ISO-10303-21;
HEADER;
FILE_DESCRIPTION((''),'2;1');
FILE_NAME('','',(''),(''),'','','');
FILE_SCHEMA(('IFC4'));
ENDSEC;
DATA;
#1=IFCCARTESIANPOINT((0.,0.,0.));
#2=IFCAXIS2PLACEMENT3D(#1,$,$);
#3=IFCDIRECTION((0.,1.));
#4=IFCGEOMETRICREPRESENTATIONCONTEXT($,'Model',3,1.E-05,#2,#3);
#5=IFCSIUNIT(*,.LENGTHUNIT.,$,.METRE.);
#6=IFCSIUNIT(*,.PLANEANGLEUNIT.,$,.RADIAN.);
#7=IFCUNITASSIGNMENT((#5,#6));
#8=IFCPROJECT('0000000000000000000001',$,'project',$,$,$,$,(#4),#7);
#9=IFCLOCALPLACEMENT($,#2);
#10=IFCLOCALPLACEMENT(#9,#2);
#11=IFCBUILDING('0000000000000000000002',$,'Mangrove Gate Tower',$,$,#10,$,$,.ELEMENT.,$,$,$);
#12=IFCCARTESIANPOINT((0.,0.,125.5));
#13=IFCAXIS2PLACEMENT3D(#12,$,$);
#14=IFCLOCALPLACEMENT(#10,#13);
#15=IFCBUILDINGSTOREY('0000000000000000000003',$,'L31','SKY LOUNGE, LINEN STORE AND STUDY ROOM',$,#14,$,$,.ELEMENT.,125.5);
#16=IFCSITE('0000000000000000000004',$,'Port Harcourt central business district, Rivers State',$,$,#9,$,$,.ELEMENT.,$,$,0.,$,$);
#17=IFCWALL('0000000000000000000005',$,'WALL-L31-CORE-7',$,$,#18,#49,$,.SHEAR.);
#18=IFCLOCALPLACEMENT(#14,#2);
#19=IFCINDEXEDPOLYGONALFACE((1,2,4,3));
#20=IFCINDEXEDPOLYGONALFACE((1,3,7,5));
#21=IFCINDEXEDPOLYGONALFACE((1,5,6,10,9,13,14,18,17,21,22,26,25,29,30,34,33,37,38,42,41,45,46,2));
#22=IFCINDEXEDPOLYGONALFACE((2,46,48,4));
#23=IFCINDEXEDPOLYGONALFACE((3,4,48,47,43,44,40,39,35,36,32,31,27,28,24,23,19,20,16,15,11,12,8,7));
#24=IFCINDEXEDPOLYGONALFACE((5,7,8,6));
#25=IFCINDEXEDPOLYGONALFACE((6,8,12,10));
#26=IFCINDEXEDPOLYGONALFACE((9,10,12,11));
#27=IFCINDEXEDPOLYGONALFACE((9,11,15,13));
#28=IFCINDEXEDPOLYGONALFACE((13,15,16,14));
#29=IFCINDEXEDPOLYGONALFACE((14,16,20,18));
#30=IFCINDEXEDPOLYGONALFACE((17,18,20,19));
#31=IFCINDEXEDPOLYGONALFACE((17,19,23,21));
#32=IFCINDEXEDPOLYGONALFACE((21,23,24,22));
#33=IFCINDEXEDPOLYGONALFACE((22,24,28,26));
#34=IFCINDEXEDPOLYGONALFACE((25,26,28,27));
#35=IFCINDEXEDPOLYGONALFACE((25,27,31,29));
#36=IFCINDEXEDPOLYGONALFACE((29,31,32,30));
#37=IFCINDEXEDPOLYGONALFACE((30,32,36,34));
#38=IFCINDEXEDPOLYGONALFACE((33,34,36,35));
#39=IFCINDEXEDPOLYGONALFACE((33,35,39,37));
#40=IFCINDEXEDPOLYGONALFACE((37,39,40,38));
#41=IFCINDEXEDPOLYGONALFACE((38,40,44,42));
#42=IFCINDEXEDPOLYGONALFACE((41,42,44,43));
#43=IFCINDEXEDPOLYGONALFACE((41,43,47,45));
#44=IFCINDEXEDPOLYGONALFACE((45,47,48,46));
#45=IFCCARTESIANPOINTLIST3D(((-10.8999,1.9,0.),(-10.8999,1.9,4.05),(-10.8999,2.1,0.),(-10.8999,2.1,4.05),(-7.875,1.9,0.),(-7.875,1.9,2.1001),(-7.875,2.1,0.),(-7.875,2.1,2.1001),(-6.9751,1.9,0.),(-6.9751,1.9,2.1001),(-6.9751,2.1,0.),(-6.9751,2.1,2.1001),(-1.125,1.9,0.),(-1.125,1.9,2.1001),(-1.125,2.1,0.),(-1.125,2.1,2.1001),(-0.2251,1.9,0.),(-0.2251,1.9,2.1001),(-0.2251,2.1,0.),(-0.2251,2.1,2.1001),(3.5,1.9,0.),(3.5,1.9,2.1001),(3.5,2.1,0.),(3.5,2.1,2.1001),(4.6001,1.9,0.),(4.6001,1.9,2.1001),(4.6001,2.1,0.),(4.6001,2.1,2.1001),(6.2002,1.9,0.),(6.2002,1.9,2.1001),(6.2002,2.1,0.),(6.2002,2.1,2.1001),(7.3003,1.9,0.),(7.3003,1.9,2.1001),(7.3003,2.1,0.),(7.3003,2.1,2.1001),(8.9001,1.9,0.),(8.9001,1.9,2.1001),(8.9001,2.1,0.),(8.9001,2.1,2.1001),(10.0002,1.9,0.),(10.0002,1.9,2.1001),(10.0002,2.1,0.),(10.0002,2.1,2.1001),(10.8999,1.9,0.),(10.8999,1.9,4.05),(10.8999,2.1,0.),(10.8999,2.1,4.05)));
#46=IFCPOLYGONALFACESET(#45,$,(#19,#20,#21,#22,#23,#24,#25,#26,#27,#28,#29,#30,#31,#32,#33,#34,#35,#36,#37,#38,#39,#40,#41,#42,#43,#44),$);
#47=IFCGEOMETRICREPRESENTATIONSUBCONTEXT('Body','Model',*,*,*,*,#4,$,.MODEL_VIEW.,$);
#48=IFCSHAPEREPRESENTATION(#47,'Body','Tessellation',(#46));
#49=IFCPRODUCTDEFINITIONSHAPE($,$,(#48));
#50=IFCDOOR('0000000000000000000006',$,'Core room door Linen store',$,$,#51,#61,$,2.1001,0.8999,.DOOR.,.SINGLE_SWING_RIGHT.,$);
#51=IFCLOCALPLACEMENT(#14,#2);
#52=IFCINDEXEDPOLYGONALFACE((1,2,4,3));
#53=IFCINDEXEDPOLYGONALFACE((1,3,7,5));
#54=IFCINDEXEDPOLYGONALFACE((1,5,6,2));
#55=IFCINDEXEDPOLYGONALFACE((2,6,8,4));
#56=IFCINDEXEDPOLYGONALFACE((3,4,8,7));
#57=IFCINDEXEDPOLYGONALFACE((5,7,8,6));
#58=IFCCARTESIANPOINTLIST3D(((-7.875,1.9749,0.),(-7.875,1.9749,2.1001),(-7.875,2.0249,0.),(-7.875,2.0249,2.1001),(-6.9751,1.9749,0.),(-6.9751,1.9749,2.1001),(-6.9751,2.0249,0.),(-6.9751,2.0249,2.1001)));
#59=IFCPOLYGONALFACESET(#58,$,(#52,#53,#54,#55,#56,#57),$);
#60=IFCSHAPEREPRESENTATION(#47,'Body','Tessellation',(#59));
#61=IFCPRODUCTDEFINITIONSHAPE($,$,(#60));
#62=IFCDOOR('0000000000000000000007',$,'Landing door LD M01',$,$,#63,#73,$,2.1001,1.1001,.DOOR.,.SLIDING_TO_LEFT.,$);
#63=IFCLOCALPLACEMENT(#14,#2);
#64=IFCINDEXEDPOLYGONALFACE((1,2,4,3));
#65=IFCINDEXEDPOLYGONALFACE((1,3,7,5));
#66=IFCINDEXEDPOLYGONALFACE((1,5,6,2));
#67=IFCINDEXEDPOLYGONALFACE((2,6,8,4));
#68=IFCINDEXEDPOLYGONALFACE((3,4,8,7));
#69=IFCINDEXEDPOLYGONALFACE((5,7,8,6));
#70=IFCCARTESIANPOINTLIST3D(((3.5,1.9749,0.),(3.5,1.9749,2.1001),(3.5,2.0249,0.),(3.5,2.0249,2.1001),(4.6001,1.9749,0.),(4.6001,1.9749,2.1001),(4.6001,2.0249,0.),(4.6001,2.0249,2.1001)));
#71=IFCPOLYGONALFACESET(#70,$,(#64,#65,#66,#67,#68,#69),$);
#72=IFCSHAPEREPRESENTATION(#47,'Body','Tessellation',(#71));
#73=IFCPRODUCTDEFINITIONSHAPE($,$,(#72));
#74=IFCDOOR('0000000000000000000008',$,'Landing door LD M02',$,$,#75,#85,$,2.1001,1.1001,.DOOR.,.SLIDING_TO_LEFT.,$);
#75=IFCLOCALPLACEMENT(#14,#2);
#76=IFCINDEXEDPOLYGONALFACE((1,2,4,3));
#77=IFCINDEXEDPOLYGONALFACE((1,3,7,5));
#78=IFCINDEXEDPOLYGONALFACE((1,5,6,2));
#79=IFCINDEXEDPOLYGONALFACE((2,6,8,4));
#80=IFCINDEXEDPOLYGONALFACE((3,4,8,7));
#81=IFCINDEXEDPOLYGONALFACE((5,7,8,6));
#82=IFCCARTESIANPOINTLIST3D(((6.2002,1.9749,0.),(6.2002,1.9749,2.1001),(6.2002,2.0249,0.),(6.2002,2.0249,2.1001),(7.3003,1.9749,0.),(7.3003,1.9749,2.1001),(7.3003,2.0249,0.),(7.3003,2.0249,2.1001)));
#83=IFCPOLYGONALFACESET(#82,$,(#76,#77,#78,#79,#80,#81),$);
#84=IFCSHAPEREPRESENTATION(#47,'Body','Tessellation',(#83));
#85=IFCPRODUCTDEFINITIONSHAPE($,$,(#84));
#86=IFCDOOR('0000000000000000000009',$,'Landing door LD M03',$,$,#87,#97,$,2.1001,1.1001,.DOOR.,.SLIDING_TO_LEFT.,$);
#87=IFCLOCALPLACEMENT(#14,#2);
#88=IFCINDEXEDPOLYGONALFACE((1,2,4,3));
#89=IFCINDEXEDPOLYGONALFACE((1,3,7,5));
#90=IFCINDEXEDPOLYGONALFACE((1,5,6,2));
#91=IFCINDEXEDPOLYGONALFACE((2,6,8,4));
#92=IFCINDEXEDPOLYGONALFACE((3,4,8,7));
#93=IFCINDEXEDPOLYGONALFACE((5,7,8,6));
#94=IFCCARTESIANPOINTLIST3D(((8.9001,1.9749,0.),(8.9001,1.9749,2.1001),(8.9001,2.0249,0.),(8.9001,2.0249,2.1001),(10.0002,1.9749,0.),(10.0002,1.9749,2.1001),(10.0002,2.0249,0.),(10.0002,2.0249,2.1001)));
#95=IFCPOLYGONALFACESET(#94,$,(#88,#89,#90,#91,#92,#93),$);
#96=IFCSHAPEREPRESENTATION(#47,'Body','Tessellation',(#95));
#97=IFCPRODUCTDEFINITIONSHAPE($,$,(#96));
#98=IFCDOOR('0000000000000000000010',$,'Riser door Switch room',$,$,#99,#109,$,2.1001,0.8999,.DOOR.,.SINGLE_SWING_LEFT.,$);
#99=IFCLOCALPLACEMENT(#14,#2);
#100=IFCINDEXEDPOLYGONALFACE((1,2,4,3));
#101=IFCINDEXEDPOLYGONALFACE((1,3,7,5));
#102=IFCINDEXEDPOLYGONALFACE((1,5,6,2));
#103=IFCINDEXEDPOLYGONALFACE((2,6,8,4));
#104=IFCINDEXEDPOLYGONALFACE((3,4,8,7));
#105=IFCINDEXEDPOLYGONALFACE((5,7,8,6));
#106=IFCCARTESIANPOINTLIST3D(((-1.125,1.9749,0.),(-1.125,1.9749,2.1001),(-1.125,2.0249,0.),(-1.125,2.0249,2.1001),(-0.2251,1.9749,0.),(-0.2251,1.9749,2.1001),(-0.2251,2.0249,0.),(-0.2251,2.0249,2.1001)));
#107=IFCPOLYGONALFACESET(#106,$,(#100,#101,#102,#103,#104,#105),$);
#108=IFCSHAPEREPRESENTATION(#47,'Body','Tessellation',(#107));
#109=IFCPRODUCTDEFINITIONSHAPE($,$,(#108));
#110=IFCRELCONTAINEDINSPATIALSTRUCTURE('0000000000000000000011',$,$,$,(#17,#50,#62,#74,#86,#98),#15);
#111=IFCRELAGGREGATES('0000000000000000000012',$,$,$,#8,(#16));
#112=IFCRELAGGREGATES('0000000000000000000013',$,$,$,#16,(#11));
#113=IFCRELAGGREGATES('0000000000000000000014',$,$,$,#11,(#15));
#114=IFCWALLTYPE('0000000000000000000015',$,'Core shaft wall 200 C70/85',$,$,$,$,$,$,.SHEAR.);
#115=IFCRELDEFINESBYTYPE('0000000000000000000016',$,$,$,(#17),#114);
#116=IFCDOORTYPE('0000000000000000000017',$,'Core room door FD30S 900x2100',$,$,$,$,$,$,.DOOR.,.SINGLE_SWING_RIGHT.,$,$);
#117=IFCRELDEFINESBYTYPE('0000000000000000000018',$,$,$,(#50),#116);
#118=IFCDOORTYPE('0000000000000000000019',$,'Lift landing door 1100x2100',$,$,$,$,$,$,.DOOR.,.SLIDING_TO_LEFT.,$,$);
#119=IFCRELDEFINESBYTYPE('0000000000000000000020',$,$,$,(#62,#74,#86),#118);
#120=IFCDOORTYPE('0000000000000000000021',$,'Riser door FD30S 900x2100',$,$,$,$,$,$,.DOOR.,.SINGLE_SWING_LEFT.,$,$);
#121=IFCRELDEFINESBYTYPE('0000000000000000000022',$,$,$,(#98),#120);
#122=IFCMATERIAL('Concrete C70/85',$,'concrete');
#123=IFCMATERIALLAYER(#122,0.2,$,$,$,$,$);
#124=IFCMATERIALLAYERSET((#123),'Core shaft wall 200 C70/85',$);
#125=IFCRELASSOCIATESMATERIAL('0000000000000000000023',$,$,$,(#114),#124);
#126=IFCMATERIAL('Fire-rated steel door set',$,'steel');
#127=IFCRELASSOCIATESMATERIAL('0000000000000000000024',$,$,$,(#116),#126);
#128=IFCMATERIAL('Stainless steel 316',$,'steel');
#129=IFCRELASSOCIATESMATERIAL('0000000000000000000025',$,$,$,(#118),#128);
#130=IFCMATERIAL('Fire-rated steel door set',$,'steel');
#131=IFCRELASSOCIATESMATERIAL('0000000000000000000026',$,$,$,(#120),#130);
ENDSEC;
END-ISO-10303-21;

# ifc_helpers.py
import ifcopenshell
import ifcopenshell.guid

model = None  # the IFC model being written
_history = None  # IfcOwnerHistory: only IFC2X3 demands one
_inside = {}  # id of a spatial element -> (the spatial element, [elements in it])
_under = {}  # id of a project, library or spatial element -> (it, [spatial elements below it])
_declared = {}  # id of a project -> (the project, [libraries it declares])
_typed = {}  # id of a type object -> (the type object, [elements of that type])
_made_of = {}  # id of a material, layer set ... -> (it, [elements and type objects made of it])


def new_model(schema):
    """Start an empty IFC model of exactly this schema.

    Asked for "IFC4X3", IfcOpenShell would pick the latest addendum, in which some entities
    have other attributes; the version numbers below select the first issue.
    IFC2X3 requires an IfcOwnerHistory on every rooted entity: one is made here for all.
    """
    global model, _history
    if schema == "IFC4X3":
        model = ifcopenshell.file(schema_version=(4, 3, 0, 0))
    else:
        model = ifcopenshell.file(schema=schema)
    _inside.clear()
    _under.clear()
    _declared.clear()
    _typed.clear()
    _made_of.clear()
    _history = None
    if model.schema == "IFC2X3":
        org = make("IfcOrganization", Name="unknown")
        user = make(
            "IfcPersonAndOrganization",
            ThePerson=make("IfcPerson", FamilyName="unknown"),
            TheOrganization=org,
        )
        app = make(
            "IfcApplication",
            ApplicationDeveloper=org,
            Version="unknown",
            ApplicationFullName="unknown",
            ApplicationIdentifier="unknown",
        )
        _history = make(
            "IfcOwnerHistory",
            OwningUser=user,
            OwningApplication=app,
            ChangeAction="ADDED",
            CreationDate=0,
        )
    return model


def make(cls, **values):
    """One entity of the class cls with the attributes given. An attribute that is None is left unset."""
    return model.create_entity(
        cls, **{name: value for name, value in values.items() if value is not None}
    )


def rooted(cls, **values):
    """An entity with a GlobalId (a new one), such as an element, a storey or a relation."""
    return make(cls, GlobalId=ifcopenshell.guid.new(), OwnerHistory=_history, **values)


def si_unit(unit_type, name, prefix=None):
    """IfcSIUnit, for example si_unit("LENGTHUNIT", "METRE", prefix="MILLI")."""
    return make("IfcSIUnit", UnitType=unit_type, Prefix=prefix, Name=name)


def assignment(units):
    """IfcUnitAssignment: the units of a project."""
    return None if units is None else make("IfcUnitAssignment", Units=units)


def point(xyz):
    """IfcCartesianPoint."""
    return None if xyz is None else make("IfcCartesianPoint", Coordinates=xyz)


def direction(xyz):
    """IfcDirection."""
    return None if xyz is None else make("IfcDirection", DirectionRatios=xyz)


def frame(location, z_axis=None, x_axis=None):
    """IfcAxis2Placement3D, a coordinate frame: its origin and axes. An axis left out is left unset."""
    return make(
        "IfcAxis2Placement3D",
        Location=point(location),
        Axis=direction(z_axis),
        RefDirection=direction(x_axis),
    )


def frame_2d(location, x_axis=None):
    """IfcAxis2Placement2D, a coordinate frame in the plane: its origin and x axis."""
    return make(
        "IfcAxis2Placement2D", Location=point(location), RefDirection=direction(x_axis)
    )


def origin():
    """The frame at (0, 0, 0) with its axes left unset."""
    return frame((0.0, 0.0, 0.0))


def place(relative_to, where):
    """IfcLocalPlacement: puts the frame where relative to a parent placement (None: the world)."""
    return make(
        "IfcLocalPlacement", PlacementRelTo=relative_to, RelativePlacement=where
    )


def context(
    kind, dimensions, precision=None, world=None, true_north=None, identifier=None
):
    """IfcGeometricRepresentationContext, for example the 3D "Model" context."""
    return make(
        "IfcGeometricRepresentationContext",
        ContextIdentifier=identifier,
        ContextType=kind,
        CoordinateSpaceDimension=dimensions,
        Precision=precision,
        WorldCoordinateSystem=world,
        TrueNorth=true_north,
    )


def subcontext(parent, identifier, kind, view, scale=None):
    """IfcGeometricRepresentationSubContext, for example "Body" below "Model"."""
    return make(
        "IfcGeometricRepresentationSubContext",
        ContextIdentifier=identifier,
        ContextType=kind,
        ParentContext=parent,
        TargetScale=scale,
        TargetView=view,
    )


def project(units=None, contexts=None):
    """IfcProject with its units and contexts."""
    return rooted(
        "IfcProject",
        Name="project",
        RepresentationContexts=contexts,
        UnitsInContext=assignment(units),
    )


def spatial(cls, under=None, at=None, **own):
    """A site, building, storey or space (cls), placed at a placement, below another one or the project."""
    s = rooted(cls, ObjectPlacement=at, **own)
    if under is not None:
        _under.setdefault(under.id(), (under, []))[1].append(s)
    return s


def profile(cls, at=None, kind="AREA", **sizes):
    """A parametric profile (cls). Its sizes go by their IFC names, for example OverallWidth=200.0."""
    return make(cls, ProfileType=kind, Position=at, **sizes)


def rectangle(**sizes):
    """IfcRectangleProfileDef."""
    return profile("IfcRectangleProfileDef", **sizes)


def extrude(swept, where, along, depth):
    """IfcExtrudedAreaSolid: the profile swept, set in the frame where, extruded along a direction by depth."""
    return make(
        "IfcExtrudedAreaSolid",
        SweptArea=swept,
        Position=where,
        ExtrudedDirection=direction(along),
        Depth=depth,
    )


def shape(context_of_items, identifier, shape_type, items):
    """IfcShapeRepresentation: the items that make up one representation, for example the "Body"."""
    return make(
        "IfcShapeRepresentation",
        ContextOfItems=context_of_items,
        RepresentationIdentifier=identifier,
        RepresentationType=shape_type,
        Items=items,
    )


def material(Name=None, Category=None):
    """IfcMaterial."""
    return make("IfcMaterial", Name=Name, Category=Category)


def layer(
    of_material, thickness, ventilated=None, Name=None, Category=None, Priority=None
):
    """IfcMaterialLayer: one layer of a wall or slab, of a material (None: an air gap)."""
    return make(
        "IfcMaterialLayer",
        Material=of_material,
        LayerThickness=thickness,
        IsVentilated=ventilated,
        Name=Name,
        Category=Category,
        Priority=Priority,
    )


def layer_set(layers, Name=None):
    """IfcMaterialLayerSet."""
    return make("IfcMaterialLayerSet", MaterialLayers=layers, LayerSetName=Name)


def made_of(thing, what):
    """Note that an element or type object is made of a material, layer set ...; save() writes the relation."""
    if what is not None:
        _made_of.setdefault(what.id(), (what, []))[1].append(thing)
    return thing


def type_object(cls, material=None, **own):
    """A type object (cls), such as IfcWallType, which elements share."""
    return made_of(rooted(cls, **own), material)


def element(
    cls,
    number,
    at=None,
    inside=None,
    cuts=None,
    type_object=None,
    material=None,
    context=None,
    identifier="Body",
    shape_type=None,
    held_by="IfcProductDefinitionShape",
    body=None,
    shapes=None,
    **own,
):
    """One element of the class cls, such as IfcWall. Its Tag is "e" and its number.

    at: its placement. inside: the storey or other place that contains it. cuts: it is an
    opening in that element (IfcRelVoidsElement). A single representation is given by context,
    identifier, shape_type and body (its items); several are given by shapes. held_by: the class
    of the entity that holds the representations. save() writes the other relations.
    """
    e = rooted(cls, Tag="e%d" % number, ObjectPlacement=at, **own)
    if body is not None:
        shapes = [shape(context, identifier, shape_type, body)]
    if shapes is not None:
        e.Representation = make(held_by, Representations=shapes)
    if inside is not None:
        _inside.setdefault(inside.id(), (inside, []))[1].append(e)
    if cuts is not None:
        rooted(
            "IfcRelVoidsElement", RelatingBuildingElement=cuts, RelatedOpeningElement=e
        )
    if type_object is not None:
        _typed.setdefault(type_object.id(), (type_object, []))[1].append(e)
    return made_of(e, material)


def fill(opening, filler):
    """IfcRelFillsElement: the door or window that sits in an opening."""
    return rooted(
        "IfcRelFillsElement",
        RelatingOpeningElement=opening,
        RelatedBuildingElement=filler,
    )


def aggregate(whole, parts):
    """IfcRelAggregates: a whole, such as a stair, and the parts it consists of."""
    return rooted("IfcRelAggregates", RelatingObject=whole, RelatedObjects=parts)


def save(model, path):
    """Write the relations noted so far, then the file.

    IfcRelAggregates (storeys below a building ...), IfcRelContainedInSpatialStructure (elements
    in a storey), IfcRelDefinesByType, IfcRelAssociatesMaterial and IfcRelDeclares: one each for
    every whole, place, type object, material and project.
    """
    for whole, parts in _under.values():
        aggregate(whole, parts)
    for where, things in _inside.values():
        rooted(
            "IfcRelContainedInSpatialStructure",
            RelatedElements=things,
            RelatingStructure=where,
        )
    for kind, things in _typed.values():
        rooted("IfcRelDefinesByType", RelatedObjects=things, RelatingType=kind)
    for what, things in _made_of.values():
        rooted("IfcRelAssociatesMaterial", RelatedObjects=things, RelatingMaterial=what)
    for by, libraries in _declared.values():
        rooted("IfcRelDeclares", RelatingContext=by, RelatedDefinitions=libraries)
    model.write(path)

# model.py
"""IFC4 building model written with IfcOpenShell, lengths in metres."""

from ifc_helpers import new_model, si_unit, direction, frame, frame_2d, origin, place, context, subcontext, project, spatial, rectangle, extrude, material, layer, layer_set, type_object, element, fill, save


model = new_model("IFC4")

# Units and contexts
model_context = context("Model", 3, precision=1e-05, world=origin(), true_north=direction((0.0, 1.0)))
body_context = subcontext(model_context, "Body", "Model", "MODEL_VIEW")
ifc_project = project(units=[si_unit("LENGTHUNIT", "METRE"), si_unit("PLANEANGLEUNIT", "RADIAN")], contexts=[model_context])

# Site, building, storey
site_placement = place(None, origin())
site = spatial("IfcSite", under=ifc_project, at=site_placement, Name="Port Harcourt central business district, Rivers State", CompositionType="ELEMENT", RefElevation=0.0)
building_placement = place(site_placement, origin())
building = spatial("IfcBuilding", under=site, at=building_placement, Name="Mangrove Gate Tower", CompositionType="ELEMENT")
storey_placement = place(building_placement, frame((0.0, 0.0, 125.5)))
storey = spatial("IfcBuildingStorey", under=building, at=storey_placement, Name="L31", Description="SKY LOUNGE, LINEN STORE AND STUDY ROOM", CompositionType="ELEMENT", Elevation=125.5)

# Shared definitions
ifc_material_1 = material(Name="Concrete C70/85", Category="concrete")
ifc_layer_1 = layer(ifc_material_1, 0.2)
ifc_layer_set_1 = layer_set([ifc_layer_1], Name="Core shaft wall 200 C70/85")
wall_type_1 = type_object("IfcWallType", Name="Core shaft wall 200 C70/85", PredefinedType="SHEAR", material=ifc_layer_set_1)

# Wall, openings, doors
wall_1_placement = place(storey_placement, frame((-10.8999, 2.0, 0.0), z_axis=(0.0, 0.0, 1.0), x_axis=(1.0, 0.0, 0.0)))
wall_1 = element("IfcWall", 1, at=wall_1_placement, inside=storey, type_object=wall_type_1, Name="WALL-L31-CORE-7", PredefinedType="SHEAR", context=body_context, shape_type="SweptSolid", body=[
    extrude(rectangle(XDim=21.7998, YDim=0.2, at=frame_2d((10.8999, 0.0))), origin(), (0.0, 0.0, 1.0), 4.05),
])
opening_1_placement = place(wall_1_placement, frame((14.3999, 0.0, 0.0)))
opening_1 = element("IfcOpeningElement", 2, at=opening_1_placement, cuts=wall_1, PredefinedType="OPENING", context=body_context, shape_type="SweptSolid", body=[
    extrude(rectangle(XDim=1.1001, YDim=2.1001, at=frame_2d((0.55, 1.05))), frame((0.0, 0.1099, 0.0), z_axis=(0.0, -1.0, 0.0), x_axis=(1.0, 0.0, 0.0)), (0.0, 0.0, 1.0), 0.22),
])
opening_2_placement = place(wall_1_placement, frame((17.1001, 0.0, 0.0)))
opening_2 = element("IfcOpeningElement", 3, at=opening_2_placement, cuts=wall_1, PredefinedType="OPENING", context=body_context, shape_type="SweptSolid", body=[
    extrude(rectangle(XDim=1.1001, YDim=2.1001, at=frame_2d((0.55, 1.05))), frame((0.0, 0.1099, 0.0), z_axis=(0.0, -1.0, 0.0), x_axis=(1.0, 0.0, 0.0)), (0.0, 0.0, 1.0), 0.22),
])
opening_3_placement = place(wall_1_placement, frame((19.8, 0.0, 0.0)))
opening_3 = element("IfcOpeningElement", 4, at=opening_3_placement, cuts=wall_1, PredefinedType="OPENING", context=body_context, shape_type="SweptSolid", body=[
    extrude(rectangle(XDim=1.1001, YDim=2.1001, at=frame_2d((0.55, 1.05))), frame((0.0, 0.1099, 0.0), z_axis=(0.0, -1.0, 0.0), x_axis=(1.0, 0.0, 0.0)), (0.0, 0.0, 1.0), 0.22),
])
opening_4_placement = place(wall_1_placement, frame((3.0249, 0.0, 0.0)))
opening_4 = element("IfcOpeningElement", 5, at=opening_4_placement, cuts=wall_1, PredefinedType="OPENING", context=body_context, shape_type="SweptSolid", body=[
    extrude(rectangle(XDim=0.8999, YDim=2.1001, at=frame_2d((0.45, 1.05))), frame((0.0, 0.1099, 0.0), z_axis=(0.0, -1.0, 0.0), x_axis=(1.0, 0.0, 0.0)), (0.0, 0.0, 1.0), 0.22),
])
opening_5_placement = place(wall_1_placement, frame((9.7749, 0.0, 0.0)))
opening_5 = element("IfcOpeningElement", 6, at=opening_5_placement, cuts=wall_1, PredefinedType="OPENING", context=body_context, shape_type="SweptSolid", body=[
    extrude(rectangle(XDim=0.8999, YDim=2.1001, at=frame_2d((0.45, 1.05))), frame((0.0, 0.1099, 0.0), z_axis=(0.0, -1.0, 0.0), x_axis=(1.0, 0.0, 0.0)), (0.0, 0.0, 1.0), 0.22),
])
ifc_material_2 = material(Name="Fire-rated steel door set", Category="steel")
door_type_1 = type_object("IfcDoorType", Name="Core room door FD30S 900x2100", OperationType="SINGLE_SWING_RIGHT", PredefinedType="DOOR", material=ifc_material_2)
door_1_placement = place(opening_4_placement, origin())
door_1 = element("IfcDoor", 7, at=door_1_placement, inside=storey, type_object=door_type_1, Name="Core room door Linen store", OperationType="SINGLE_SWING_RIGHT", OverallHeight=2.1001, OverallWidth=0.8999, PredefinedType="DOOR", context=body_context, shape_type="SweptSolid", body=[
    extrude(rectangle(XDim=0.8999, YDim=2.1001, at=frame_2d((0.45, 1.05))), frame((0.0, 0.0249, 0.0), z_axis=(0.0, -1.0, 0.0), x_axis=(1.0, 0.0, 0.0)), (0.0, 0.0, 1.0), 0.05),
])
fill(opening_4, door_1)
ifc_material_3 = material(Name="Stainless steel 316", Category="steel")
door_type_2 = type_object("IfcDoorType", Name="Lift landing door 1100x2100", OperationType="SLIDING_TO_LEFT", PredefinedType="DOOR", material=ifc_material_3)
door_2_placement = place(opening_1_placement, origin())
door_2 = element("IfcDoor", 8, at=door_2_placement, inside=storey, type_object=door_type_2, Name="Landing door LD M01", OperationType="SLIDING_TO_LEFT", OverallHeight=2.1001, OverallWidth=1.1001, PredefinedType="DOOR", context=body_context, shape_type="SweptSolid", body=[
    extrude(rectangle(XDim=1.1001, YDim=2.1001, at=frame_2d((0.55, 1.05))), frame((0.0, 0.0249, 0.0), z_axis=(0.0, -1.0, 0.0), x_axis=(1.0, 0.0, 0.0)), (0.0, 0.0, 1.0), 0.05),
])
fill(opening_1, door_2)
door_3_placement = place(opening_2_placement, origin())
door_3 = element("IfcDoor", 9, at=door_3_placement, inside=storey, type_object=door_type_2, Name="Landing door LD M02", OperationType="SLIDING_TO_LEFT", OverallHeight=2.1001, OverallWidth=1.1001, PredefinedType="DOOR", context=body_context, shape_type="SweptSolid", body=[
    extrude(rectangle(XDim=1.1001, YDim=2.1001, at=frame_2d((0.55, 1.05))), frame((0.0, 0.0249, 0.0), z_axis=(0.0, -1.0, 0.0), x_axis=(1.0, 0.0, 0.0)), (0.0, 0.0, 1.0), 0.05),
])
fill(opening_2, door_3)
door_4_placement = place(opening_3_placement, origin())
door_4 = element("IfcDoor", 10, at=door_4_placement, inside=storey, type_object=door_type_2, Name="Landing door LD M03", OperationType="SLIDING_TO_LEFT", OverallHeight=2.1001, OverallWidth=1.1001, PredefinedType="DOOR", context=body_context, shape_type="SweptSolid", body=[
    extrude(rectangle(XDim=1.1001, YDim=2.1001, at=frame_2d((0.55, 1.05))), frame((0.0, 0.0249, 0.0), z_axis=(0.0, -1.0, 0.0), x_axis=(1.0, 0.0, 0.0)), (0.0, 0.0, 1.0), 0.05),
])
fill(opening_3, door_4)
ifc_material_4 = material(Name="Fire-rated steel door set", Category="steel")
door_type_3 = type_object("IfcDoorType", Name="Riser door FD30S 900x2100", OperationType="SINGLE_SWING_LEFT", PredefinedType="DOOR", material=ifc_material_4)
door_5_placement = place(opening_5_placement, origin())
door_5 = element("IfcDoor", 11, at=door_5_placement, inside=storey, type_object=door_type_3, Name="Riser door Switch room", OperationType="SINGLE_SWING_LEFT", OverallHeight=2.1001, OverallWidth=0.8999, PredefinedType="DOOR", context=body_context, shape_type="SweptSolid", body=[
    extrude(rectangle(XDim=0.8999, YDim=2.1001, at=frame_2d((0.45, 1.05))), frame((0.0, 0.0249, 0.0), z_axis=(0.0, -1.0, 0.0), x_axis=(1.0, 0.0, 0.0)), (0.0, 0.0, 1.0), 0.05),
])
fill(opening_5, door_5)

save(model, "model.ifc")
